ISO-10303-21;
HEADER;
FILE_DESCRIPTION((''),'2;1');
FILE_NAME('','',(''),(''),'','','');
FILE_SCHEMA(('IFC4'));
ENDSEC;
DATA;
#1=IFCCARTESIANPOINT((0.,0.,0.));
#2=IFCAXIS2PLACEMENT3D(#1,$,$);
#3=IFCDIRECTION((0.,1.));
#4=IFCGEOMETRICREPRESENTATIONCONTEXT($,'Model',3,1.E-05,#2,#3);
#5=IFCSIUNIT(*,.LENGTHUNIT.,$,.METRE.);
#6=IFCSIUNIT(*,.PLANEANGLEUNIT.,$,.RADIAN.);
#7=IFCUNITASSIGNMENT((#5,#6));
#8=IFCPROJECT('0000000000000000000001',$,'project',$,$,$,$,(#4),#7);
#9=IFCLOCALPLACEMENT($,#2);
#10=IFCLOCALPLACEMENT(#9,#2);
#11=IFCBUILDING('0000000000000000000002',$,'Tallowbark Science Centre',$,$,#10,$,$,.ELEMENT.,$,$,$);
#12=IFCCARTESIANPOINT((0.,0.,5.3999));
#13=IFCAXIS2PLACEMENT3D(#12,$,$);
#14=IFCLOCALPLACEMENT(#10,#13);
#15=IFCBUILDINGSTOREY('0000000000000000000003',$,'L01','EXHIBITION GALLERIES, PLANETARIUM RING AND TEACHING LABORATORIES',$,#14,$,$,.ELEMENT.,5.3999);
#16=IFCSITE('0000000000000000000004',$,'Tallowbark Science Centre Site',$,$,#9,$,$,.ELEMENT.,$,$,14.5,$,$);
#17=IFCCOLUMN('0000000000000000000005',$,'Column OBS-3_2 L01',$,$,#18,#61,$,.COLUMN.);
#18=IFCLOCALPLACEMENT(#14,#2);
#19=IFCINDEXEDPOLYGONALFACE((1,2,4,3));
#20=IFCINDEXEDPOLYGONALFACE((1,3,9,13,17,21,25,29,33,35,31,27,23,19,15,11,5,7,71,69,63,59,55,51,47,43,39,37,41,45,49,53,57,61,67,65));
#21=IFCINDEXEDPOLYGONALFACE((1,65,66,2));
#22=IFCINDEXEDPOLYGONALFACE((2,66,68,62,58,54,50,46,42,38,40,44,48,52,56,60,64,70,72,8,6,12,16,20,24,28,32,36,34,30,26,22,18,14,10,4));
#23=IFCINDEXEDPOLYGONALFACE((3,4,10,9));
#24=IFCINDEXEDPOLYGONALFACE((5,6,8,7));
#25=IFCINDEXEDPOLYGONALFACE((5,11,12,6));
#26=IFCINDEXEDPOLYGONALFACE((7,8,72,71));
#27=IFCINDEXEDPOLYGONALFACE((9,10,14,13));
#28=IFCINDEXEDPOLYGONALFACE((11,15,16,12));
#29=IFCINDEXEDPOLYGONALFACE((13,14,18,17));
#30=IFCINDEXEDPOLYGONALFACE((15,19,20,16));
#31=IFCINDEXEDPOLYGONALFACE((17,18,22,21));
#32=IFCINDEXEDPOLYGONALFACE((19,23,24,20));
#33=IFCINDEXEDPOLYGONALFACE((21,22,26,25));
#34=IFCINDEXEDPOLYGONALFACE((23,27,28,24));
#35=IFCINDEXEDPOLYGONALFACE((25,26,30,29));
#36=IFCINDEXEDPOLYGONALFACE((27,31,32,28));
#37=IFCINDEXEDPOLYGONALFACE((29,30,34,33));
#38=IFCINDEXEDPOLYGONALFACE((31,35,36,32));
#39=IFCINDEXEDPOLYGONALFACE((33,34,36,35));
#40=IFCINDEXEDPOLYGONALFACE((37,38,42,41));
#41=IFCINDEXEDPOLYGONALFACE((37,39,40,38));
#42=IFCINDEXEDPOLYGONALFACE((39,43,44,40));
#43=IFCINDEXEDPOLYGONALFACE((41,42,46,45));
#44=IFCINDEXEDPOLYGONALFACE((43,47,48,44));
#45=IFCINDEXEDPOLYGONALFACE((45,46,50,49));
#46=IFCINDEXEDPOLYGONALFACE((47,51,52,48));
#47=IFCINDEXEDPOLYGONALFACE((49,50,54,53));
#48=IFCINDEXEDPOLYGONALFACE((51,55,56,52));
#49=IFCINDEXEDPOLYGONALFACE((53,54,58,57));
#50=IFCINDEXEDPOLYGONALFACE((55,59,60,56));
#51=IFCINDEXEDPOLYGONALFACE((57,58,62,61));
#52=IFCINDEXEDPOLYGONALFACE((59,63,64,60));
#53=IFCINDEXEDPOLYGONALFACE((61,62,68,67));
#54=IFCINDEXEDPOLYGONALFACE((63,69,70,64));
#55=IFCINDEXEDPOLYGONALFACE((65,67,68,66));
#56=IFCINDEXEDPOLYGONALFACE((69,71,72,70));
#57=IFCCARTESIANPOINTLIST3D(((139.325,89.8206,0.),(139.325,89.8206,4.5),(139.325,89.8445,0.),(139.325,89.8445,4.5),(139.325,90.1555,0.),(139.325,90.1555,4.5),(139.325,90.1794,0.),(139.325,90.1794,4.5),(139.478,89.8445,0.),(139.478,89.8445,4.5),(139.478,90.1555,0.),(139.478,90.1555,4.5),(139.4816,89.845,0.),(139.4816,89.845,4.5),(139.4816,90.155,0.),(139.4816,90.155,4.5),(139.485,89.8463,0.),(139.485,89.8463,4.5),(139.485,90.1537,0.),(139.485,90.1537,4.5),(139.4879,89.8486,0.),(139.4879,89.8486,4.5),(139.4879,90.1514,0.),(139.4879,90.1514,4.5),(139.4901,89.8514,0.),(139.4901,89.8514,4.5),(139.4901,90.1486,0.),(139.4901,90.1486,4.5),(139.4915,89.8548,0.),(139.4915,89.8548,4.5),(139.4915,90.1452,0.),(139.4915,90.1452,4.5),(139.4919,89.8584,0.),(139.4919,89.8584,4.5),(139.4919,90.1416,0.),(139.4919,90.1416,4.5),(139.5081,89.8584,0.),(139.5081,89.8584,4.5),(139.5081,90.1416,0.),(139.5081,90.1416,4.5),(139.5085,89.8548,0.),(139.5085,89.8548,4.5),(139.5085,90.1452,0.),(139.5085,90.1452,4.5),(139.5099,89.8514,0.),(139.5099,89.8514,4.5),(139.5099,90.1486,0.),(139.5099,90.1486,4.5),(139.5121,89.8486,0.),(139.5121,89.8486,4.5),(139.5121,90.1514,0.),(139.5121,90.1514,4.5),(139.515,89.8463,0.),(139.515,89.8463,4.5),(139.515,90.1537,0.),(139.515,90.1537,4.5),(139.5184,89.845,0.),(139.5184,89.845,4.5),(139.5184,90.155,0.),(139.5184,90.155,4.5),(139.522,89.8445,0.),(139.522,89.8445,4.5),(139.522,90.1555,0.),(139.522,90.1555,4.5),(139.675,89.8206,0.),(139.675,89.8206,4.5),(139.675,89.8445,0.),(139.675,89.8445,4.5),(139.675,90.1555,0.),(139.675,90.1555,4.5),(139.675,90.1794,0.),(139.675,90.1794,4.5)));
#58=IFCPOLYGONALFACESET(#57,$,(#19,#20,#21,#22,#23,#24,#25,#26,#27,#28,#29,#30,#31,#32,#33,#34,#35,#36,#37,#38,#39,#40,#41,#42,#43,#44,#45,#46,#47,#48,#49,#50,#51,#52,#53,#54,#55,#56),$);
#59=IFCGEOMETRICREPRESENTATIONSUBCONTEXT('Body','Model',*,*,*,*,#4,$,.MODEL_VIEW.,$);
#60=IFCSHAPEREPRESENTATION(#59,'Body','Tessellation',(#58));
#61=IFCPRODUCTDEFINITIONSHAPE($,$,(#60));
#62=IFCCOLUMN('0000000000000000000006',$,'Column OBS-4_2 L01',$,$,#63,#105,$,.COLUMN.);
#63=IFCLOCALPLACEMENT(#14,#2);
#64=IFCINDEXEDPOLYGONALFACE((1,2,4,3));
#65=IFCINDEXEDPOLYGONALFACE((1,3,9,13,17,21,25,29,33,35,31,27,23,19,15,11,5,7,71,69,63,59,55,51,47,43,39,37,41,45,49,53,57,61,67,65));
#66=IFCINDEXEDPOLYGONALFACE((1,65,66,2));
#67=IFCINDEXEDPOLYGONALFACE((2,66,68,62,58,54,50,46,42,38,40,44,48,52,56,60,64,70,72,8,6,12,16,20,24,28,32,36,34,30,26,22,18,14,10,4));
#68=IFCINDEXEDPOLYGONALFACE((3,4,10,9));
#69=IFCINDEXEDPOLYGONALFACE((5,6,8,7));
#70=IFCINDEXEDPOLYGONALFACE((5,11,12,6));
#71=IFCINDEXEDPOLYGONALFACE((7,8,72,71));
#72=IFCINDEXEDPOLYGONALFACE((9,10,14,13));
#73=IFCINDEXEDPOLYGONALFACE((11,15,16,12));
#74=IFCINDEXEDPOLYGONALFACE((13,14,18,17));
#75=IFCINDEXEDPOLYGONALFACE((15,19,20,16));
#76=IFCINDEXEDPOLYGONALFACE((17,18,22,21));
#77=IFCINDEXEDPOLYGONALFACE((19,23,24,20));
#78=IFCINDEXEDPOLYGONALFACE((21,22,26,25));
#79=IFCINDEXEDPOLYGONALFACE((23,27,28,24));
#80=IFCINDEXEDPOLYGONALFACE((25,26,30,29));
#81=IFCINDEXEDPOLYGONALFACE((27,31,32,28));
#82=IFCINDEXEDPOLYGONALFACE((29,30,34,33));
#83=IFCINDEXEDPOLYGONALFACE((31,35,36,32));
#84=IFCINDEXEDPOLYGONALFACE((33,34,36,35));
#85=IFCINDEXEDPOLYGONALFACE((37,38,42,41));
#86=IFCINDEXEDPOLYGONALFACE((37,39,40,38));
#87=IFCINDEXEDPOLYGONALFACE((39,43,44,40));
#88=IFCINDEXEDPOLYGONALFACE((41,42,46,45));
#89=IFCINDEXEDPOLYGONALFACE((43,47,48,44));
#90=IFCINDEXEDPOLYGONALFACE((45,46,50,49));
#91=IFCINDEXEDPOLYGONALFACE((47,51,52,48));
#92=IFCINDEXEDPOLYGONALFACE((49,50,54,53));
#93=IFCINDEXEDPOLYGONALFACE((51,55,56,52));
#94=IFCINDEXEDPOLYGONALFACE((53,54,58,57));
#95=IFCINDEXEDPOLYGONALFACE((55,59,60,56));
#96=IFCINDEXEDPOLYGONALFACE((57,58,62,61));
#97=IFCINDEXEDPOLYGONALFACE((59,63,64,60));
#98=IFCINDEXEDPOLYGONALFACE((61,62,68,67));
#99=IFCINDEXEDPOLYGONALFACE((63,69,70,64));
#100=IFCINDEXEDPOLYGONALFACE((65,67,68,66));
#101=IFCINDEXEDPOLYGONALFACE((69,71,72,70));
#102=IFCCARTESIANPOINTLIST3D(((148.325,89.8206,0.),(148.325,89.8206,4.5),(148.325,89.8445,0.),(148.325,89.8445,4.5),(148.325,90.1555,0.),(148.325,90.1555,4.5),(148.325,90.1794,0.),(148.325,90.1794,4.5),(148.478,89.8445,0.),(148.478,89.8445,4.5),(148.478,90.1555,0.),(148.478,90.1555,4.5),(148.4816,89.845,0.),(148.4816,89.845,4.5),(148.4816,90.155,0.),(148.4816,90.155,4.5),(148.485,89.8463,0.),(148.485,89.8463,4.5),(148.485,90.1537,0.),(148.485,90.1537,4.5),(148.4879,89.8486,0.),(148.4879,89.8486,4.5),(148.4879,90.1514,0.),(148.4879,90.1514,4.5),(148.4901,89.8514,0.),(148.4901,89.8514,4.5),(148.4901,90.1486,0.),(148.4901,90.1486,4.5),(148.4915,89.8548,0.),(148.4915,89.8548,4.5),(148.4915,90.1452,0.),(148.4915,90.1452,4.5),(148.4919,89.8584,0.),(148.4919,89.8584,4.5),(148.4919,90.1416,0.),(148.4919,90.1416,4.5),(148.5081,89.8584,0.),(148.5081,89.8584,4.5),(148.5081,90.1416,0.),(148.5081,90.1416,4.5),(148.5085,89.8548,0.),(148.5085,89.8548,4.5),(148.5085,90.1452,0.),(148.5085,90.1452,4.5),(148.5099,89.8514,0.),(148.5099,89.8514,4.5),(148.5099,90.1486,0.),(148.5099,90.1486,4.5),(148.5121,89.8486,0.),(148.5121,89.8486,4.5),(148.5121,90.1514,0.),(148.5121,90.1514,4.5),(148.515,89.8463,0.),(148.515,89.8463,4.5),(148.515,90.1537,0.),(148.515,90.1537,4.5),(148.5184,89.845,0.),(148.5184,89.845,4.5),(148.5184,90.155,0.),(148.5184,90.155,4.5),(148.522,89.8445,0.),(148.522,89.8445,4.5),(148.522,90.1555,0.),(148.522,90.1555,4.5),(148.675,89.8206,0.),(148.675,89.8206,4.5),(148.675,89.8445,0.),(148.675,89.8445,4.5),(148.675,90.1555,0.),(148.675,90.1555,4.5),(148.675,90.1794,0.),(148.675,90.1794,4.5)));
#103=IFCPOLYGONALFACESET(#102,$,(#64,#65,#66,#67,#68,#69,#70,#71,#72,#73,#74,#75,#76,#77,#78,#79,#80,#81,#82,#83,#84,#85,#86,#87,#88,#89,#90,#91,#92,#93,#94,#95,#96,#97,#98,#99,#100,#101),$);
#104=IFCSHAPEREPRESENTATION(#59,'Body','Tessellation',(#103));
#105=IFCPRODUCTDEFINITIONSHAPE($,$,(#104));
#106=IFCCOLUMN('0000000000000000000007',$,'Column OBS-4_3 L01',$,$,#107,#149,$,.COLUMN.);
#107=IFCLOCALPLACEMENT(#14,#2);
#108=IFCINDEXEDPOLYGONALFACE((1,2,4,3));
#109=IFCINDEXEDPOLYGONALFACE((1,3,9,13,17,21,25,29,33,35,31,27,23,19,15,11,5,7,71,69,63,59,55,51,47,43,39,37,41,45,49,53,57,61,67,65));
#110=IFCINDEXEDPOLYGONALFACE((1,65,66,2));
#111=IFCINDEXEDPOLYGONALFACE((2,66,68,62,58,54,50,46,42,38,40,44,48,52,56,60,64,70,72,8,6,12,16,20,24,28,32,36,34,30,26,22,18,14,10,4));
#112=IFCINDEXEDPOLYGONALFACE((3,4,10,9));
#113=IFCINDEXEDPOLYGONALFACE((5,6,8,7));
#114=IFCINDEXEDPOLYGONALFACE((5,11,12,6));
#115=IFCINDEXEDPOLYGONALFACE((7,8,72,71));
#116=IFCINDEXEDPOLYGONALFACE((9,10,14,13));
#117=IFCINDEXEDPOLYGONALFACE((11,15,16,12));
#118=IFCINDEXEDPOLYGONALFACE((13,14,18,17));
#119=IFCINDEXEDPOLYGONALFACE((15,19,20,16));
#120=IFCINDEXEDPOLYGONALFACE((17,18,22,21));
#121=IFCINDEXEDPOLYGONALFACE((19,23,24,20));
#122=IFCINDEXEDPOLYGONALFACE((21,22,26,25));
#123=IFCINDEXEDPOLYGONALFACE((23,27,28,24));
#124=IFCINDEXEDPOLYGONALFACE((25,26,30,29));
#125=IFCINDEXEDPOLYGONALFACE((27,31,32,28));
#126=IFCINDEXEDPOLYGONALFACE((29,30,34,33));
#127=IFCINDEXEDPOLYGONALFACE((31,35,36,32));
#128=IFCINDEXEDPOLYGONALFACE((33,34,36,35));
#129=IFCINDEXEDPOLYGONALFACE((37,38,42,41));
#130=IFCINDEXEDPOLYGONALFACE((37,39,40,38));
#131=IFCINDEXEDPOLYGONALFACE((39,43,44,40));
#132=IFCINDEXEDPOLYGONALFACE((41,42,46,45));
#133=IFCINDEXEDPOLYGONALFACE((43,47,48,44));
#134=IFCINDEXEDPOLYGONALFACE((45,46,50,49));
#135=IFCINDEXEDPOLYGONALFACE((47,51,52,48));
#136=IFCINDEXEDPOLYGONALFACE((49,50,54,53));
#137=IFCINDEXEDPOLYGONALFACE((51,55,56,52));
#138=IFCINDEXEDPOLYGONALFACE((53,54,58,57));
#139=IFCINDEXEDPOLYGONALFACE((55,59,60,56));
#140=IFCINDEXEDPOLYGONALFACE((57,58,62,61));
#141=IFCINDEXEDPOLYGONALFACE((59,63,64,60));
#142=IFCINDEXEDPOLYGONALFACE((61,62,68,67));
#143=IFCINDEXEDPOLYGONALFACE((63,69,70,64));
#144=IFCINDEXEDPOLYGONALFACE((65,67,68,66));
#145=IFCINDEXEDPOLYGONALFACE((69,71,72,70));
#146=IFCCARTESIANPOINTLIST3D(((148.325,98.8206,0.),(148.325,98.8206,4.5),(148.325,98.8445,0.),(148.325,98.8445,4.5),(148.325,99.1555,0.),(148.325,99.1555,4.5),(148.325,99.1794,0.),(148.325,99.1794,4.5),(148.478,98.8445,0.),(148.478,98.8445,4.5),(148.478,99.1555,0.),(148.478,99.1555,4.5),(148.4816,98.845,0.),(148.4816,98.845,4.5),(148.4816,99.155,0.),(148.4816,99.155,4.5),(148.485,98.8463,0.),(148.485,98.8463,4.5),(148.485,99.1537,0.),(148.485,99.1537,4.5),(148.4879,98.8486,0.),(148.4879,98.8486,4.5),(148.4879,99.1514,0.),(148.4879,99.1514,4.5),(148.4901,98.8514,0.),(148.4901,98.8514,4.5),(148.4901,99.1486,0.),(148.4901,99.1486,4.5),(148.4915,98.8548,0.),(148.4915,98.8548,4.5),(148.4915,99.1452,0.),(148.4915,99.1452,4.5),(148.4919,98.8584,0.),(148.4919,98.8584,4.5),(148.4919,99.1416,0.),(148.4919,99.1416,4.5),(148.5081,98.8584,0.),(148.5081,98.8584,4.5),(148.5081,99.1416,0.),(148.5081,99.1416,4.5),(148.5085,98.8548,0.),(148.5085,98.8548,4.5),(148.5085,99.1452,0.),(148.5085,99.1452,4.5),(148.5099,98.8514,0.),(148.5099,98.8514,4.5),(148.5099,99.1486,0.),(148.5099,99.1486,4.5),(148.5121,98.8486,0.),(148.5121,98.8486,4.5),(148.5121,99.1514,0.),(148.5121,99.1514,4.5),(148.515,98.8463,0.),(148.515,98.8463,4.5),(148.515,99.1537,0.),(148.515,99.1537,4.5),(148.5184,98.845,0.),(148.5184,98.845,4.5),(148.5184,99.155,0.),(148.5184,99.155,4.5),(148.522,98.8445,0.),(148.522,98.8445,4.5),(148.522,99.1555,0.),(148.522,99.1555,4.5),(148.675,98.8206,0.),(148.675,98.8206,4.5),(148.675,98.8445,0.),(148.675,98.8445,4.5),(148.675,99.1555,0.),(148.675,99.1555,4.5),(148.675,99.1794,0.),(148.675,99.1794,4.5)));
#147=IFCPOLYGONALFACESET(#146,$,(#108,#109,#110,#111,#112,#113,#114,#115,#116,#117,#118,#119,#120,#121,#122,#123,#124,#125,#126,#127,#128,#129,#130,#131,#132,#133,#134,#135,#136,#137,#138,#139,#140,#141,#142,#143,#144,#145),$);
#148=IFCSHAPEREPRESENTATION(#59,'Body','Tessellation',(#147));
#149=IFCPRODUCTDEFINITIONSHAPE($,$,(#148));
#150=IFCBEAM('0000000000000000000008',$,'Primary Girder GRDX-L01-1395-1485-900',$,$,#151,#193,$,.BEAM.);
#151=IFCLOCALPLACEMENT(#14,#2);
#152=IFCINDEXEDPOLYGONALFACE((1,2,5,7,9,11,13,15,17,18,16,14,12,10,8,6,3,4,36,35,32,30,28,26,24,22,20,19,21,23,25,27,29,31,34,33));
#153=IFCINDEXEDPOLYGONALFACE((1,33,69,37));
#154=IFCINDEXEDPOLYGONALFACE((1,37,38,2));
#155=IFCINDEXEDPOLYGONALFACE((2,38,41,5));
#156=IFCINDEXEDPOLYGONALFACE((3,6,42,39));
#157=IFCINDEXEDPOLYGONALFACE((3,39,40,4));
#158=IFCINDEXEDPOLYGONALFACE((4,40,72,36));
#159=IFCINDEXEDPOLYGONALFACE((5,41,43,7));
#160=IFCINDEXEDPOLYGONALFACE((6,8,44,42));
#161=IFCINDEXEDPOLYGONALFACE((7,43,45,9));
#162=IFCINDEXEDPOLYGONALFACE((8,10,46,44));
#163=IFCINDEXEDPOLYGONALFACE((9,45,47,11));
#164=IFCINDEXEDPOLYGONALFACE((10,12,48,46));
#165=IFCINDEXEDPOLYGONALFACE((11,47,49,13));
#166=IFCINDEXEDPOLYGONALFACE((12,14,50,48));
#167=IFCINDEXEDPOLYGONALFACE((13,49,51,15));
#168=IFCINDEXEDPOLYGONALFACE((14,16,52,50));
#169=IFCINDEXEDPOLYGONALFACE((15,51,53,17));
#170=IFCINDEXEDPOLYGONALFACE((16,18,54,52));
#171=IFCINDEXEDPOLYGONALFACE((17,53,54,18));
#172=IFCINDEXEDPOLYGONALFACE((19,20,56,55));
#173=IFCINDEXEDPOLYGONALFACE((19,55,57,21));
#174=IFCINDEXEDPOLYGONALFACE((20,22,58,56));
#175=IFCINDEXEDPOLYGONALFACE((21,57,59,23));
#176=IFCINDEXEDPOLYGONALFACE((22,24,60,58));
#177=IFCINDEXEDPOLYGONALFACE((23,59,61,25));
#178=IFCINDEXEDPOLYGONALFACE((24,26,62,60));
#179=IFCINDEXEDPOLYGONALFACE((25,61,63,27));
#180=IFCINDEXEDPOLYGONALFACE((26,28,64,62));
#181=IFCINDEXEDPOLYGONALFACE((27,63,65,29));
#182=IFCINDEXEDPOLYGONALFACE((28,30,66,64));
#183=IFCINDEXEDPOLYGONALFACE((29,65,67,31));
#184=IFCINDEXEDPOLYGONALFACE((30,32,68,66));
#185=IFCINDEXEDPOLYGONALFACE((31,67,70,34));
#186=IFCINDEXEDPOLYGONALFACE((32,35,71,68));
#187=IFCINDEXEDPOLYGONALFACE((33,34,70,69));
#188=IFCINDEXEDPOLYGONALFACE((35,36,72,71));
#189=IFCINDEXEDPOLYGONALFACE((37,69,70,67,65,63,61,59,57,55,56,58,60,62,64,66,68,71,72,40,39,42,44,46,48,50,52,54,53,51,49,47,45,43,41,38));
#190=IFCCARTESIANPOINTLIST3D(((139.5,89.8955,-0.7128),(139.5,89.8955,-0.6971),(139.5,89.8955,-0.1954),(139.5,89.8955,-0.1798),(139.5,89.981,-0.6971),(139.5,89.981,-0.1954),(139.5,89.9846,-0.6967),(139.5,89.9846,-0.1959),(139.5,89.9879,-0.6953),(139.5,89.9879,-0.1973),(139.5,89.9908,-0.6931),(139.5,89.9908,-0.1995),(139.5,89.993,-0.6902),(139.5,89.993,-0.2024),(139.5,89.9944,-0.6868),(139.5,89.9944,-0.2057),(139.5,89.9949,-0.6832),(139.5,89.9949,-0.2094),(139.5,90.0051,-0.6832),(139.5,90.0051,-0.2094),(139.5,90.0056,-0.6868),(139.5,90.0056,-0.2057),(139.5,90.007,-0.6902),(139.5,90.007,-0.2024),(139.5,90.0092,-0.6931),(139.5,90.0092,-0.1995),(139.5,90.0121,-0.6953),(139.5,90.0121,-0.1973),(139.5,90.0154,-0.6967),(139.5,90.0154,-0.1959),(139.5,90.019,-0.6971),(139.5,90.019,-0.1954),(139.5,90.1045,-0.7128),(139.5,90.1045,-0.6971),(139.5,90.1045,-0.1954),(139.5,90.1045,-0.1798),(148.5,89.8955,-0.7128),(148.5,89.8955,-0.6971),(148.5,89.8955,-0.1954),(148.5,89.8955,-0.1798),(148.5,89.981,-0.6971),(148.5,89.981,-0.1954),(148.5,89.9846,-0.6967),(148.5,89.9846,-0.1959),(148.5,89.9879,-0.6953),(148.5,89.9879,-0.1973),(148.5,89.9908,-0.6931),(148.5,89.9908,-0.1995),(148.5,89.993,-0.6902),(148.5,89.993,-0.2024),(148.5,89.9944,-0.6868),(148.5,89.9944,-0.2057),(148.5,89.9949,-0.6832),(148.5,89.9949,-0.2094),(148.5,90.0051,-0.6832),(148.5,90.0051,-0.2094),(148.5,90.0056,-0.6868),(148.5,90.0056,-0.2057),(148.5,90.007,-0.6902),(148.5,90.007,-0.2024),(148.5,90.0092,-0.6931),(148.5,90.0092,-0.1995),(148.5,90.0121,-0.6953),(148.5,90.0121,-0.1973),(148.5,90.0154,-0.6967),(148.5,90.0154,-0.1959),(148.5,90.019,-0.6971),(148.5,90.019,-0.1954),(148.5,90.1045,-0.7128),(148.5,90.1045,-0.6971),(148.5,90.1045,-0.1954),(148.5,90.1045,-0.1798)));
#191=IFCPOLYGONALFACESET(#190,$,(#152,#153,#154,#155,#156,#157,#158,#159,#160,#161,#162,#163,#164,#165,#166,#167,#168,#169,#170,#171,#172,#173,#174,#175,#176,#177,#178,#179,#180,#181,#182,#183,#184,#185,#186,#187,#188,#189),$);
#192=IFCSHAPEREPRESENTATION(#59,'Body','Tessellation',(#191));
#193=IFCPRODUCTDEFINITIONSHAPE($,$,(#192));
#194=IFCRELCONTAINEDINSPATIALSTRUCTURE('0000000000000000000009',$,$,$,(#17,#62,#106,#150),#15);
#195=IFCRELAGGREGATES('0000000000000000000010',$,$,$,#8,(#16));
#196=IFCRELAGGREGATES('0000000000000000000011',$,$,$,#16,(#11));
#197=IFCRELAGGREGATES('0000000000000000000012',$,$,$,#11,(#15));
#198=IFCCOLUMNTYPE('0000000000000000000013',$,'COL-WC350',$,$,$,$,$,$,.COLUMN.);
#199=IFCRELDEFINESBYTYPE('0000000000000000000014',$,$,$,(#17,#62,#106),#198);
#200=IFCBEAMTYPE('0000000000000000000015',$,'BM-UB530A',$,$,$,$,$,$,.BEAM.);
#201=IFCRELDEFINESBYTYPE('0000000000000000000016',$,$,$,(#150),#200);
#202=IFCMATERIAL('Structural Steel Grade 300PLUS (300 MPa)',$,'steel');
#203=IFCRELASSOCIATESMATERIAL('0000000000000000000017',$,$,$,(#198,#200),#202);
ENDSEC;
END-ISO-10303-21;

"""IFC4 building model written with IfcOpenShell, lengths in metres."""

from ifc_helpers import new_model, si_unit, direction, frame, origin, origin_2d, place, context, subcontext, project, spatial, i_section, extrude, material, material_profile, profile_set, type_object, element, save


model = new_model("IFC4")

# Units and contexts
model_context = context("Model", 3, precision=1e-05, world=origin(), true_north=direction((0.0, 1.0)))
body_context = subcontext(model_context, "Body", "Model", "MODEL_VIEW")
ifc_project = project(units=[si_unit("LENGTHUNIT", "METRE"), si_unit("PLANEANGLEUNIT", "RADIAN")], contexts=[model_context])

# Site, building, storey
site_placement = place(None, origin())
site = spatial("IfcSite", under=ifc_project, at=site_placement, Name="Tallowbark Science Centre Site", CompositionType="ELEMENT", RefElevation=14.5)
building_placement = place(site_placement, origin())
building = spatial("IfcBuilding", under=site, at=building_placement, Name="Tallowbark Science Centre", CompositionType="ELEMENT")
storey_placement = place(building_placement, frame((0.0, 0.0, 5.3999)))
storey = spatial("IfcBuildingStorey", under=building, at=storey_placement, Name="L01", Description="EXHIBITION GALLERIES, PLANETARIUM RING AND TEACHING LABORATORIES", CompositionType="ELEMENT", Elevation=5.3999)

# Columns
ifc_material_1 = material(Name="Structural Steel Grade 300PLUS (300 MPa)", Category="steel")
ifc_material_profile_1 = material_profile(ifc_material_1, i_section(OverallWidth=0.3501, OverallDepth=0.3589, WebThickness=0.0161, FlangeThickness=0.0239, FilletRadius=0.0139, at=origin_2d()), Name="350WC197")
ifc_profile_set_1 = profile_set([ifc_material_profile_1], Name="Structural Steel Grade 300PLUS (300 MPa)")
column_type = type_object("IfcColumnType", Name="COL-WC350", PredefinedType="COLUMN", material=ifc_profile_set_1)
for number, where, z_axis, x_axis, name in (
    (1, (139.5, 90.0, 0.0), (0.0, 0.0, 1.0), (1.0, 0.0, 0.0), "Column OBS-3_2 L01"),
    (2, (148.5, 90.0, 0.0), (0.0, 0.0, 1.0), (1.0, 0.0, 0.0), "Column OBS-4_2 L01"),
    (3, (148.5, 99.0, 0.0), (0.0, 0.0, 1.0), (1.0, 0.0, 0.0), "Column OBS-4_3 L01"),
):
    element("IfcColumn", number, at=place(storey_placement, frame(where, z_axis=z_axis, x_axis=x_axis)), inside=storey, type_object=column_type, Name=name, PredefinedType="COLUMN", context=body_context, shape_type="SweptSolid", body=[
        extrude(i_section(OverallWidth=0.3501, OverallDepth=0.3589, WebThickness=0.0161, FlangeThickness=0.0239, FilletRadius=0.0139, at=origin_2d()), origin(), (0.0, 0.0, 1.0), 4.5),
    ])

# Beam
ifc_material_profile_2 = material_profile(ifc_material_1, i_section(OverallWidth=0.209, OverallDepth=0.533, WebThickness=0.0103, FlangeThickness=0.0156, FilletRadius=0.0139, at=origin_2d()), Name="530UB92.4")
ifc_profile_set_2 = profile_set([ifc_material_profile_2], Name="Structural Steel Grade 300PLUS (300 MPa)")
beam_type_1 = type_object("IfcBeamType", Name="BM-UB530A", PredefinedType="BEAM", material=ifc_profile_set_2)
for number, where, z_axis, x_axis, name in (
    (4, (139.5, 90.0, -0.4463), (1.0, 0.0, 0.0), (0.0, 1.0, 0.0), "Primary Girder GRDX-L01-1395-1485-900"),
):
    element("IfcBeam", number, at=place(storey_placement, frame(where, z_axis=z_axis, x_axis=x_axis)), inside=storey, type_object=beam_type_1, Name=name, PredefinedType="BEAM", context=body_context, shape_type="SweptSolid", body=[
        extrude(i_section(OverallWidth=0.209, OverallDepth=0.533, WebThickness=0.0103, FlangeThickness=0.0156, FilletRadius=0.0139, at=origin_2d()), origin(), (0.0, 0.0, 1.0), 9.0),
    ])

save(model, "model.ifc")
